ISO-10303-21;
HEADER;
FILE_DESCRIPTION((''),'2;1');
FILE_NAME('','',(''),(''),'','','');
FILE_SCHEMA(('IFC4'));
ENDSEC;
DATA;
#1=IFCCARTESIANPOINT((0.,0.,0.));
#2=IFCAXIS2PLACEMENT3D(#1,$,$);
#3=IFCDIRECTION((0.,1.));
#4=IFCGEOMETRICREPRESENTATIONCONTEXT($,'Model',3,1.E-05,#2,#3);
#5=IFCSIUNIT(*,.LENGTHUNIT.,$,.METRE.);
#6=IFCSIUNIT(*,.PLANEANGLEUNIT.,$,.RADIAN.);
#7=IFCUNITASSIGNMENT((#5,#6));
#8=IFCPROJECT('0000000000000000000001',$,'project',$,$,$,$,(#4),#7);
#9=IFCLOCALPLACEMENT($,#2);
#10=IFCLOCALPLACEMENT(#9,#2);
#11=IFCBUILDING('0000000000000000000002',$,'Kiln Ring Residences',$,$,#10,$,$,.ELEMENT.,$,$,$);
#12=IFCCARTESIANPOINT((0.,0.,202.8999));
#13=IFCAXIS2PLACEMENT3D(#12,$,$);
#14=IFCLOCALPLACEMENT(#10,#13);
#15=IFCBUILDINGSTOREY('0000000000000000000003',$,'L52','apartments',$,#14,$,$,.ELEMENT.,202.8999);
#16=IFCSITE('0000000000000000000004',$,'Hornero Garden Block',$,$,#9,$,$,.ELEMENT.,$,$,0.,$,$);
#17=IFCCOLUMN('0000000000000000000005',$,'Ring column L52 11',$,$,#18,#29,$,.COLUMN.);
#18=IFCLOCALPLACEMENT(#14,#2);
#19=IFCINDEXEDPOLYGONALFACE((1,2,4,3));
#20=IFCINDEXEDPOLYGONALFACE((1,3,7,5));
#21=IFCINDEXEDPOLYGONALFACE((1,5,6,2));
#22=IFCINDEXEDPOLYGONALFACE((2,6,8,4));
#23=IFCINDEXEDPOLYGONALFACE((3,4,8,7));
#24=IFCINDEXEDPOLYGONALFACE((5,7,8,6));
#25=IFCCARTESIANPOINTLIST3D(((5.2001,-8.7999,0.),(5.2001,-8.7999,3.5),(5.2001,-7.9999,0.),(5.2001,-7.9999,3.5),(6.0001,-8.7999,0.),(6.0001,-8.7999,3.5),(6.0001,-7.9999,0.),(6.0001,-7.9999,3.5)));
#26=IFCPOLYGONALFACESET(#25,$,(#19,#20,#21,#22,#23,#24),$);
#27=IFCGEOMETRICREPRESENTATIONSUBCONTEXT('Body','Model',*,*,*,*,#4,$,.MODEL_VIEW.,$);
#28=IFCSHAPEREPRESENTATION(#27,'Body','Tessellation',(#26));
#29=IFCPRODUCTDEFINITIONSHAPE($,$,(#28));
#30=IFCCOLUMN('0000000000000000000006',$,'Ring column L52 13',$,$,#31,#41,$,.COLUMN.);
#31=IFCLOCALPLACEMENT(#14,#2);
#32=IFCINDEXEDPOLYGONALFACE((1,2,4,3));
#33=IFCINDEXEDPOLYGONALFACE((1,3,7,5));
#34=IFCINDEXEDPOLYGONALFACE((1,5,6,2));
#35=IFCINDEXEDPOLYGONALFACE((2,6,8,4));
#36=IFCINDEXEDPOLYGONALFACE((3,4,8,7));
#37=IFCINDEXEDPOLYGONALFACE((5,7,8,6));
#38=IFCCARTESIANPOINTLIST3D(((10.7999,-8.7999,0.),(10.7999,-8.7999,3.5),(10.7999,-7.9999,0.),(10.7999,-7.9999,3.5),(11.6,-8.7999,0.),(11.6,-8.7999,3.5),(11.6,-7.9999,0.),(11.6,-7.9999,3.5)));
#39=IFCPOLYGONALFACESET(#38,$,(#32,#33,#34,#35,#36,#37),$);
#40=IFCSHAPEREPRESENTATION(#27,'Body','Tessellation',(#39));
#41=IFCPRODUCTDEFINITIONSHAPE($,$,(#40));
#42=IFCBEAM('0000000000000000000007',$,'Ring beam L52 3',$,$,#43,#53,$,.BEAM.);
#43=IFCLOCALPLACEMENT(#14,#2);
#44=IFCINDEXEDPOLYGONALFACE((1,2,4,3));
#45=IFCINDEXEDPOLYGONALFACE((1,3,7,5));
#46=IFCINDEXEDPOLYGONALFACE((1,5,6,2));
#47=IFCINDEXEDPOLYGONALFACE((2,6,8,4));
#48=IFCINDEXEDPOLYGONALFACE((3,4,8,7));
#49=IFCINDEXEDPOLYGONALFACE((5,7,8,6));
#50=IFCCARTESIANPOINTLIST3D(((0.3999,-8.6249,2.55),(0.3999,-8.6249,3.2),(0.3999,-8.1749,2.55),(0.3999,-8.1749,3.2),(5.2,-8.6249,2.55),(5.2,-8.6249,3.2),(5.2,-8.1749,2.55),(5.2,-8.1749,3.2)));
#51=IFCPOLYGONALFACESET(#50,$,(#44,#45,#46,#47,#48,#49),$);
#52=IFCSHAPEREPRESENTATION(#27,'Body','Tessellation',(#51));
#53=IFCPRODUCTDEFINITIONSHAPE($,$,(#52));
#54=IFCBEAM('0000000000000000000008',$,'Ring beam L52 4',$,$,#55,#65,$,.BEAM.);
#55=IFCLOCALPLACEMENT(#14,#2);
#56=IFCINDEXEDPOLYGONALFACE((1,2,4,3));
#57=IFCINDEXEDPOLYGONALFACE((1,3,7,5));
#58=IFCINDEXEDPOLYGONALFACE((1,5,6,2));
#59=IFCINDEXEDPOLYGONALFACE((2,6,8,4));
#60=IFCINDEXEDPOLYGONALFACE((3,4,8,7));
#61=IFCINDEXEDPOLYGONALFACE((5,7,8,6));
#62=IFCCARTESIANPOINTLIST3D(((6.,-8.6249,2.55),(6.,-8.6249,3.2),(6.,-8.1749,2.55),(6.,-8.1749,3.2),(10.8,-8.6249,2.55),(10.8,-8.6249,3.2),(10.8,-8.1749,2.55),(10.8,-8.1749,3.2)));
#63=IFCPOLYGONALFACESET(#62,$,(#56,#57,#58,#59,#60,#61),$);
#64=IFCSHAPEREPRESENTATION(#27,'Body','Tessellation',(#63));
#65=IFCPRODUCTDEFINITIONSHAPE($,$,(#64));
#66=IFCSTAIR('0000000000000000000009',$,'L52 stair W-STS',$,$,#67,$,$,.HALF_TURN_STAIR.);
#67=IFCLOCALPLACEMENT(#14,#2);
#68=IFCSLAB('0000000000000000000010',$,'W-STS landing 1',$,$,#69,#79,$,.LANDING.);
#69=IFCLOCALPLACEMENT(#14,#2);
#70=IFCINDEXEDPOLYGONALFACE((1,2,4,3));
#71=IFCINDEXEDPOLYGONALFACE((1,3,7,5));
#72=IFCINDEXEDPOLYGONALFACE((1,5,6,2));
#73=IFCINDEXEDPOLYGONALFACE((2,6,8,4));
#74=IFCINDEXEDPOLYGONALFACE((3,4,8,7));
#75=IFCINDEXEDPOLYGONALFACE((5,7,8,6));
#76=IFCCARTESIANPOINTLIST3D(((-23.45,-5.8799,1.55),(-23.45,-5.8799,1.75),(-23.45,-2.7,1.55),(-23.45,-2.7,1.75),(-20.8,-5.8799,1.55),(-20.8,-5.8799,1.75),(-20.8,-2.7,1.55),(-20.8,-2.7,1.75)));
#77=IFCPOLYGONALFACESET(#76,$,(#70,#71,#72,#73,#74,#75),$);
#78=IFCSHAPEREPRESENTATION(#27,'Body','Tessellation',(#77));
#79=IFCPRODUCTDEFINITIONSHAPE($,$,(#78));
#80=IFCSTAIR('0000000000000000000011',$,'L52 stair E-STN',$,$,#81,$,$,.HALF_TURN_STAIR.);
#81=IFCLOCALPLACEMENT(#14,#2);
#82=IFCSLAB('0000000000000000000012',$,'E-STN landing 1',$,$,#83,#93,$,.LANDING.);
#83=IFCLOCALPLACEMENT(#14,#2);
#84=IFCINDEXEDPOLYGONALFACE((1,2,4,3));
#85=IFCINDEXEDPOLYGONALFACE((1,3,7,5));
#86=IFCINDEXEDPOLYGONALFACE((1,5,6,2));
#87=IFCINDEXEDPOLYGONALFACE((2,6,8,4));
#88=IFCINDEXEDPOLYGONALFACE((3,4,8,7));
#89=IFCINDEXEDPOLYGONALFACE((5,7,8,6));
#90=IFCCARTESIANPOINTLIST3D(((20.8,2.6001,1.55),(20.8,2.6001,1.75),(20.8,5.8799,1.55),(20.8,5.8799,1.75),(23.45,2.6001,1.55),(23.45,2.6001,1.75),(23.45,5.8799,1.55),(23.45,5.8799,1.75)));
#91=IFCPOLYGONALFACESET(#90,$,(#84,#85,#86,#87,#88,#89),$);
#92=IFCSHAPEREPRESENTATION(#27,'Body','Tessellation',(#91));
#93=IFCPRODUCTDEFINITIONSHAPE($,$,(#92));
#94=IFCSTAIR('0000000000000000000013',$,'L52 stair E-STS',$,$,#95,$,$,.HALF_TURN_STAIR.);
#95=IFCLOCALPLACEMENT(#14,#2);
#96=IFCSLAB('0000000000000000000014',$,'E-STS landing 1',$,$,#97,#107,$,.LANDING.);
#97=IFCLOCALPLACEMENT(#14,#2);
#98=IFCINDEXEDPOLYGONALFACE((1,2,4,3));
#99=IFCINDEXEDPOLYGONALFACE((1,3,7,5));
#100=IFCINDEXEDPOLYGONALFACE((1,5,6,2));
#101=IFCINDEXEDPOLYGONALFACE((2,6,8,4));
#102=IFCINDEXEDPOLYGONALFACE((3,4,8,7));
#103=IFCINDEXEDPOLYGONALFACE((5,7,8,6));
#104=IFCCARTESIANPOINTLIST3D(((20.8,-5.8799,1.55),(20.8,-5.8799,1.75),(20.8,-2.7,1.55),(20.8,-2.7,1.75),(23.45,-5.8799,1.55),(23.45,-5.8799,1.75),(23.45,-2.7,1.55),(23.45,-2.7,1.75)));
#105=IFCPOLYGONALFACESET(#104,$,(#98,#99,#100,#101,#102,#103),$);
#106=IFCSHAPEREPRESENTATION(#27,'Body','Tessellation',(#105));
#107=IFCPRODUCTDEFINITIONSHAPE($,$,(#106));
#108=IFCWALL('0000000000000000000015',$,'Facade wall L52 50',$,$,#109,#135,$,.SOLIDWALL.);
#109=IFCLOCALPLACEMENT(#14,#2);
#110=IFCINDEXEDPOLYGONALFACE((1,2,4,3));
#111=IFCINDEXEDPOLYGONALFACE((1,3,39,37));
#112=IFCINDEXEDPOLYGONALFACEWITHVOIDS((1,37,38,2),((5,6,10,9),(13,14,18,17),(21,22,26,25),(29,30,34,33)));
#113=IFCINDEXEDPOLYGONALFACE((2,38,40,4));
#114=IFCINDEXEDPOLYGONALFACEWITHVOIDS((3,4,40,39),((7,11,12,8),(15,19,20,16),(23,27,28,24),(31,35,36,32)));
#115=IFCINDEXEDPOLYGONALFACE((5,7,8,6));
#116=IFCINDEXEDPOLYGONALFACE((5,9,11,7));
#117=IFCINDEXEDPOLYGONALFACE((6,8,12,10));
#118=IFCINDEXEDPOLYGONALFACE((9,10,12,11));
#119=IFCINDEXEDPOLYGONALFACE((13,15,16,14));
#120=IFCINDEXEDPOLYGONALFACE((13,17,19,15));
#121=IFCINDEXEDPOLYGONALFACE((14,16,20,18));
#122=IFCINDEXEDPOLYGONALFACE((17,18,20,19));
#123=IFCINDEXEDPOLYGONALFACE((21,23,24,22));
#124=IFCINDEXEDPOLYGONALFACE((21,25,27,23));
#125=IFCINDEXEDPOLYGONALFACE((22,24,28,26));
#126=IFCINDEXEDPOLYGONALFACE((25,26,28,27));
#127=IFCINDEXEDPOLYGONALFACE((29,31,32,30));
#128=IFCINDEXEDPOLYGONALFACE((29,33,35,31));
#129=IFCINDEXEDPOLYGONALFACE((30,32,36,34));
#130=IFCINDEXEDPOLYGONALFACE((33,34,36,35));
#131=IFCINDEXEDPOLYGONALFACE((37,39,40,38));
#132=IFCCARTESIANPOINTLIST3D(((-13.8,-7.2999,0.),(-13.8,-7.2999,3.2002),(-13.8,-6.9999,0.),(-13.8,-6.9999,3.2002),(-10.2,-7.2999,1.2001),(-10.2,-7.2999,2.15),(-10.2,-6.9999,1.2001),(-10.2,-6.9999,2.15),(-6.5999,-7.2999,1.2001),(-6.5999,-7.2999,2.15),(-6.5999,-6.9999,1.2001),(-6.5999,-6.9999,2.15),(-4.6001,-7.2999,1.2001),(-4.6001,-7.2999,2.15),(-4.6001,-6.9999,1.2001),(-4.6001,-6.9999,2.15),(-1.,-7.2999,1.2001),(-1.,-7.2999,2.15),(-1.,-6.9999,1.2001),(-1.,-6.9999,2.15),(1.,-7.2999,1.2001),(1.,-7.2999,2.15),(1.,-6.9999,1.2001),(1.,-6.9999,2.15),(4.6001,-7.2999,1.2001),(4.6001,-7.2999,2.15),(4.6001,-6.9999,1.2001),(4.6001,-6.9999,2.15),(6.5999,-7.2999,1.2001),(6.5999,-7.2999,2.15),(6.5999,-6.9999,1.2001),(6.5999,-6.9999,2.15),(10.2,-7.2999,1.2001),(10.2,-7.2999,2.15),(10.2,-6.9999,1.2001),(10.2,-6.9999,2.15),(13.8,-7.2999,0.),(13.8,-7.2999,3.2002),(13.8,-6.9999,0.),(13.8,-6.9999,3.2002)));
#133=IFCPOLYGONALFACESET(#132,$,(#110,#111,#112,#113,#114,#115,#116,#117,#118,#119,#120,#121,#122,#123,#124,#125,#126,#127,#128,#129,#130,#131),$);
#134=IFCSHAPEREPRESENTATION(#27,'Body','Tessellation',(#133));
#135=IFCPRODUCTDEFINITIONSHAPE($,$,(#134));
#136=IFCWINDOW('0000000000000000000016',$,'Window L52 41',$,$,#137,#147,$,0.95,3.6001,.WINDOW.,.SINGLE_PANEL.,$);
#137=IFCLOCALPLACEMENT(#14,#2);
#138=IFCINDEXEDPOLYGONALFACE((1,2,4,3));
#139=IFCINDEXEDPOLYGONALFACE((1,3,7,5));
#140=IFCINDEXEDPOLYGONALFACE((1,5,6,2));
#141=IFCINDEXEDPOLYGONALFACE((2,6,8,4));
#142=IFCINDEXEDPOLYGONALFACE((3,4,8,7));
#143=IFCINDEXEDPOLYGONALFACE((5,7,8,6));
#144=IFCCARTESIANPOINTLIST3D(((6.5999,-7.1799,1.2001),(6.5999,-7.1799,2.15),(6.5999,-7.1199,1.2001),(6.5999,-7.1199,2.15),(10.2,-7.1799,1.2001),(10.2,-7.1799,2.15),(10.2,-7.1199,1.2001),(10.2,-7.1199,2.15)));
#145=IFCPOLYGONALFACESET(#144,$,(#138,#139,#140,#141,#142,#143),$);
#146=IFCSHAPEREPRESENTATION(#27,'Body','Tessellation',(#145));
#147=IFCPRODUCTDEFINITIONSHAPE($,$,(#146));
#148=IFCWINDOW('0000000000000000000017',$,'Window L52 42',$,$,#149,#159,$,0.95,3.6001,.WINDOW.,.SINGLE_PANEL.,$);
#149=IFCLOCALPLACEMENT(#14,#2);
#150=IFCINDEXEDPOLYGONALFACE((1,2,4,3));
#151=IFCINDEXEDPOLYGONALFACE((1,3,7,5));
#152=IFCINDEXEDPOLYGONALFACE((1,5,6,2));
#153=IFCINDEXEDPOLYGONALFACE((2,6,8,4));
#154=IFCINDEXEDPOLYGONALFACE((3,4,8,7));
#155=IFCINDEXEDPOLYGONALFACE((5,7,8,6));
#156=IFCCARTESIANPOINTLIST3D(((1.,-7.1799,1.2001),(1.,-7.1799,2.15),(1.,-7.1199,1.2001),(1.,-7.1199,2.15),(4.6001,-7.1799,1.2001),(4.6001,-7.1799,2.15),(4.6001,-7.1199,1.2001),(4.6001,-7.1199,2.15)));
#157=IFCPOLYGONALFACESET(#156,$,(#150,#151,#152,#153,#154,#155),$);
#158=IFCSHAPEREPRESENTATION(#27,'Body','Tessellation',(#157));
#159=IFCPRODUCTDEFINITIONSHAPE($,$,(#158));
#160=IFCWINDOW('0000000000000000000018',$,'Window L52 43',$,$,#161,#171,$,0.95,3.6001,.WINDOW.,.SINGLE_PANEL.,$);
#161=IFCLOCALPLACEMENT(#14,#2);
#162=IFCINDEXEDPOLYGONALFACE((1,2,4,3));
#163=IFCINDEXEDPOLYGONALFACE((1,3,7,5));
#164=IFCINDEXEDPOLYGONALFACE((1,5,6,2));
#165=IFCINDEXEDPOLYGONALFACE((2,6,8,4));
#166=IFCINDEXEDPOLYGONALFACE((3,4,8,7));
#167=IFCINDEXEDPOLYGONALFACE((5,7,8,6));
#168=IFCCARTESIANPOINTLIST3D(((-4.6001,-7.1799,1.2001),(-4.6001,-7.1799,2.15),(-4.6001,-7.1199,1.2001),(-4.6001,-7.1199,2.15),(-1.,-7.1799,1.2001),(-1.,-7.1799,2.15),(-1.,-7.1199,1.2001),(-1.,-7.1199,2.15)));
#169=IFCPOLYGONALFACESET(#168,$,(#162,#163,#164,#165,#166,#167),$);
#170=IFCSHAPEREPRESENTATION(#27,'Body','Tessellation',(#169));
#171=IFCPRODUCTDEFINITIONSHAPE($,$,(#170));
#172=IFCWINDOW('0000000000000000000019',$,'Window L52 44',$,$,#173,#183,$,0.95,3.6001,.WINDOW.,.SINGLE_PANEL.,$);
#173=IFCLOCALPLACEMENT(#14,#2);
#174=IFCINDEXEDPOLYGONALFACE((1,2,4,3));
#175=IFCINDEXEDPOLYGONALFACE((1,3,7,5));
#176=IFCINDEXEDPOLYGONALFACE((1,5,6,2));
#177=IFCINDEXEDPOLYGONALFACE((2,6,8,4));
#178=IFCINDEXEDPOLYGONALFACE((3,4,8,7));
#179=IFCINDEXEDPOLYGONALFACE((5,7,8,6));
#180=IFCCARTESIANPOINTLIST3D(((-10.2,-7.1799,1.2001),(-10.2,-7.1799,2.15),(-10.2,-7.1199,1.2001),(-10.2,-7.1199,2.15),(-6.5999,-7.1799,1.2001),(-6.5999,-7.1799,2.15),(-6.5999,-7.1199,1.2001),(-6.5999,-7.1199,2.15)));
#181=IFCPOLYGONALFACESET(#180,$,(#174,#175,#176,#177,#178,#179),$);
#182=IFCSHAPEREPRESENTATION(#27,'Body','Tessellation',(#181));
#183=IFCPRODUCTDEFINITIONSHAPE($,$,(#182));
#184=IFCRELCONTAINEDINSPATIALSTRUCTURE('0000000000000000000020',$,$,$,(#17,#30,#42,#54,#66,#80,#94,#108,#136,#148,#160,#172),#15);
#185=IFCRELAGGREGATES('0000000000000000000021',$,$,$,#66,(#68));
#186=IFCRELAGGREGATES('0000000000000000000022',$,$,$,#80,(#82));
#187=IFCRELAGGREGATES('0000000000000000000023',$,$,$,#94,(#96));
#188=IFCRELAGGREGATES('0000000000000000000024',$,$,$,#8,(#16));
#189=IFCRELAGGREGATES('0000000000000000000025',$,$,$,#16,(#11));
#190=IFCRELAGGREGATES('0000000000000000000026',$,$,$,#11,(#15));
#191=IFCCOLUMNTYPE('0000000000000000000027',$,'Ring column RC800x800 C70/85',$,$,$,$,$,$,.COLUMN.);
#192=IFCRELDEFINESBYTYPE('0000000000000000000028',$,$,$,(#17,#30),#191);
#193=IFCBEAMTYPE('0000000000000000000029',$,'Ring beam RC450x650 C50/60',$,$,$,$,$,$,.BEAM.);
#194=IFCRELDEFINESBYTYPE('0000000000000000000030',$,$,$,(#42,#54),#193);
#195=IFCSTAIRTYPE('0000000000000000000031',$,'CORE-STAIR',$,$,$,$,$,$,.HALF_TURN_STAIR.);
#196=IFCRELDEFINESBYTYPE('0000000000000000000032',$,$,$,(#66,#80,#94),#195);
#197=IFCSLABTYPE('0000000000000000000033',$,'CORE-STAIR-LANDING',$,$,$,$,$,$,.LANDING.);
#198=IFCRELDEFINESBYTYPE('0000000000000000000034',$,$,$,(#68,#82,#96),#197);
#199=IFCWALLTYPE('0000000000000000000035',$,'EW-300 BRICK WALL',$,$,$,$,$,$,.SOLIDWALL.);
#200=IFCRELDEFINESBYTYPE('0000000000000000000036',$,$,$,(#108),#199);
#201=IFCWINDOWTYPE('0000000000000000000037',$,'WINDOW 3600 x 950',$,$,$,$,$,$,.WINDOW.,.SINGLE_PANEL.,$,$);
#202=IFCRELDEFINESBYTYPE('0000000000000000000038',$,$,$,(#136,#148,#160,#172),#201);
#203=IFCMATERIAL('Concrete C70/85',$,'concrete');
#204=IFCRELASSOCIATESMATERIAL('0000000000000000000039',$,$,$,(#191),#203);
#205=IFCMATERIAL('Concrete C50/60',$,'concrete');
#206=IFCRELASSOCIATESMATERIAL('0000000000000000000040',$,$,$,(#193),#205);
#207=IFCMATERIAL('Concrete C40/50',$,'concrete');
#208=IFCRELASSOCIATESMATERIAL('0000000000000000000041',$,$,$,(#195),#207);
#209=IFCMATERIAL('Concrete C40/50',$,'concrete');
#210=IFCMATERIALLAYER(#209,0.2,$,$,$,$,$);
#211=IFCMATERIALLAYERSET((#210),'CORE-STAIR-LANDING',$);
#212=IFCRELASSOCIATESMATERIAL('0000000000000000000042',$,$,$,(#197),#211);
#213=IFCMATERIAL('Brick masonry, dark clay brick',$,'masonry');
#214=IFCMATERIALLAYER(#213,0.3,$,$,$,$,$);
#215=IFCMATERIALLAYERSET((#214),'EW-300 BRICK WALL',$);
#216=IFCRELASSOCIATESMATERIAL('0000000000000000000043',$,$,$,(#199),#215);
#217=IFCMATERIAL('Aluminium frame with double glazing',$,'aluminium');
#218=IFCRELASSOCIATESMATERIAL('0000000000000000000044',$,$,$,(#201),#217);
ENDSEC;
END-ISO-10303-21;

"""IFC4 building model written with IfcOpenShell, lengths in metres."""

from ifc_helpers import new_model, si_unit, direction, frame, frame_2d, origin, origin_2d, place, context, subcontext, project, spatial, polyline, rectangle, outline, extrude, material, layer, layer_set, material_profile, profile_set, type_object, element, fill, aggregate, save


model = new_model("IFC4")

# Units and contexts
model_context = context("Model", 3, precision=1e-05, world=origin(), true_north=direction((0.0, 1.0)))
body_context = subcontext(model_context, "Body", "Model", "MODEL_VIEW")
ifc_project = project(units=[si_unit("LENGTHUNIT", "METRE"), si_unit("PLANEANGLEUNIT", "RADIAN")], contexts=[model_context])

# Site, building, storey
site_placement = place(None, origin())
site = spatial("IfcSite", under=ifc_project, at=site_placement, Name="Hornero Garden Block", CompositionType="ELEMENT", RefElevation=0.0)
building_placement = place(site_placement, origin())
building = spatial("IfcBuilding", under=site, at=building_placement, Name="Kiln Ring Residences", CompositionType="ELEMENT")
storey_placement = place(building_placement, frame((0.0, 0.0, 202.8999)))
storey = spatial("IfcBuildingStorey", under=building, at=storey_placement, Name="L52", Description="apartments", CompositionType="ELEMENT", Elevation=202.8999)

# Columns
ifc_material_1 = material(Name="Concrete C70/85", Category="concrete")
ifc_material_profile_1 = material_profile(ifc_material_1, rectangle(XDim=0.8, YDim=0.8, at=origin_2d()), Name="RC800x800")
ifc_profile_set_1 = profile_set([ifc_material_profile_1], Name="Concrete C70/85")
column_type = type_object("IfcColumnType", Name="Ring column RC800x800 C70/85", PredefinedType="COLUMN", material=ifc_profile_set_1)
for number, where, z_axis, x_axis, name in (
    (1, (5.6001, -8.3999, 0.0), (0.0, 0.0, 1.0), (1.0, 0.0, 0.0), "Ring column L52 11"),
    (2, (11.2, -8.3999, 0.0), (0.0, 0.0, 1.0), (1.0, 0.0, 0.0), "Ring column L52 13"),
):
    element("IfcColumn", number, at=place(storey_placement, frame(where, z_axis=z_axis, x_axis=x_axis)), inside=storey, type_object=column_type, Name=name, PredefinedType="COLUMN", context=body_context, shape_type="SweptSolid", body=[
        extrude(rectangle(XDim=0.8, YDim=0.8, at=origin_2d()), origin(), (0.0, 0.0, 1.0), 3.5),
    ])

# Beams
ifc_material_2 = material(Name="Concrete C50/60", Category="concrete")
ifc_material_profile_2 = material_profile(ifc_material_2, rectangle(XDim=0.45, YDim=0.6499, at=origin_2d()), Name="RC450x650")
ifc_profile_set_2 = profile_set([ifc_material_profile_2], Name="Concrete C50/60")
beam_type = type_object("IfcBeamType", Name="Ring beam RC450x650 C50/60", PredefinedType="BEAM", material=ifc_profile_set_2)
for number, where, z_axis, x_axis, name in (
    (3, (0.3999, -8.3999, 2.875), (1.0, 0.0, 0.0), (0.0, 1.0, 0.0), "Ring beam L52 3"),
    (4, (6.0, -8.3999, 2.875), (1.0, 0.0, 0.0), (0.0, 1.0, 0.0), "Ring beam L52 4"),
):
    element("IfcBeam", number, at=place(storey_placement, frame(where, z_axis=z_axis, x_axis=x_axis)), inside=storey, type_object=beam_type, Name=name, PredefinedType="BEAM", context=body_context, shape_type="SweptSolid", body=[
        extrude(rectangle(XDim=0.45, YDim=0.6499, at=origin_2d()), origin(), (0.0, 0.0, 1.0), 4.8),
    ])

# Stairs, slabs
ifc_material_3 = material(Name="Concrete C40/50", Category="concrete")
stair_type = type_object("IfcStairType", Name="CORE-STAIR", PredefinedType="HALF_TURN_STAIR", material=ifc_material_3)
placement_1 = place(storey_placement, origin())
stair_1 = element("IfcStair", 5, at=placement_1, inside=storey, type_object=stair_type, Name="L52 stair W-STS", PredefinedType="HALF_TURN_STAIR")
ifc_material_4 = material(Name="Concrete C40/50", Category="concrete")
ifc_layer_1 = layer(ifc_material_4, 0.2)
ifc_layer_set_1 = layer_set([ifc_layer_1], Name="CORE-STAIR-LANDING")
slab_type = type_object("IfcSlabType", Name="CORE-STAIR-LANDING", PredefinedType="LANDING", material=ifc_layer_set_1)
placement_2 = place(storey_placement, frame((0.0, 0.0, 1.55)))
slab_1 = element("IfcSlab", 6, at=placement_2, type_object=slab_type, Name="W-STS landing 1", PredefinedType="LANDING", context=body_context, shape_type="SweptSolid", body=[
    extrude(outline(polyline([(-20.8, -5.8799), (-20.8, -2.7), (-23.45, -2.7), (-23.45, -5.8799), (-20.8, -5.8799)])), origin(), (0.0, 0.0, 1.0), 0.2),
])
aggregate(stair_1, [slab_1])
stair_2 = element("IfcStair", 7, at=placement_1, inside=storey, type_object=stair_type, Name="L52 stair E-STN", PredefinedType="HALF_TURN_STAIR")
slab_2 = element("IfcSlab", 8, at=placement_2, type_object=slab_type, Name="E-STN landing 1", PredefinedType="LANDING", context=body_context, shape_type="SweptSolid", body=[
    extrude(outline(polyline([(20.8, 5.8799), (20.8, 2.6001), (23.45, 2.6001), (23.45, 5.8799), (20.8, 5.8799)])), origin(), (0.0, 0.0, 1.0), 0.2),
])
aggregate(stair_2, [slab_2])
stair_3 = element("IfcStair", 9, at=placement_1, inside=storey, type_object=stair_type, Name="L52 stair E-STS", PredefinedType="HALF_TURN_STAIR")
slab_3 = element("IfcSlab", 10, at=placement_2, type_object=slab_type, Name="E-STS landing 1", PredefinedType="LANDING", context=body_context, shape_type="SweptSolid", body=[
    extrude(outline(polyline([(23.45, -5.8799), (23.45, -2.7), (20.8, -2.7), (20.8, -5.8799), (23.45, -5.8799)])), origin(), (0.0, 0.0, 1.0), 0.2),
])
aggregate(stair_3, [slab_3])

# Wall, openings, windows
ifc_material_5 = material(Name="Brick masonry, dark clay brick", Category="masonry")
ifc_layer_2 = layer(ifc_material_5, 0.3)
ifc_layer_set_2 = layer_set([ifc_layer_2], Name="EW-300 BRICK WALL")
wall_type_1 = type_object("IfcWallType", Name="EW-300 BRICK WALL", PredefinedType="SOLIDWALL", material=ifc_layer_set_2)
wall_1_placement = place(storey_placement, frame((13.8, -7.1499, 0.0), z_axis=(0.0, 0.0, 1.0), x_axis=(-1.0, 0.0, 0.0)))
wall_1 = element("IfcWall", 11, at=wall_1_placement, inside=storey, type_object=wall_type_1, Name="Facade wall L52 50", PredefinedType="SOLIDWALL", context=body_context, shape_type="SweptSolid", body=[
    extrude(rectangle(XDim=27.6001, YDim=0.3, at=frame_2d((13.8, 0.0))), origin(), (0.0, 0.0, 1.0), 3.2002),
])
opening_1_placement = place(wall_1_placement, frame((3.6001, 0.0, 1.2)))
opening_1 = element("IfcOpeningElement", 12, at=opening_1_placement, cuts=wall_1, PredefinedType="OPENING", context=body_context, shape_type="SweptSolid", body=[
    extrude(rectangle(XDim=3.6001, YDim=0.95, at=frame_2d((1.8, 0.4751))), frame((0.0, 0.1599, 0.0), z_axis=(0.0, -1.0, 0.0), x_axis=(1.0, 0.0, 0.0)), (0.0, 0.0, 1.0), 0.3201),
])
opening_2_placement = place(wall_1_placement, frame((9.2, 0.0, 1.2)))
opening_2 = element("IfcOpeningElement", 13, at=opening_2_placement, cuts=wall_1, PredefinedType="OPENING", context=body_context, shape_type="SweptSolid", body=[
    extrude(rectangle(XDim=3.6001, YDim=0.95, at=frame_2d((1.8, 0.4751))), frame((0.0, 0.1599, 0.0), z_axis=(0.0, -1.0, 0.0), x_axis=(1.0, 0.0, 0.0)), (0.0, 0.0, 1.0), 0.3201),
])
opening_3_placement = place(wall_1_placement, frame((14.8, 0.0, 1.2)))
opening_3 = element("IfcOpeningElement", 14, at=opening_3_placement, cuts=wall_1, PredefinedType="OPENING", context=body_context, shape_type="SweptSolid", body=[
    extrude(rectangle(XDim=3.6001, YDim=0.95, at=frame_2d((1.8, 0.4751))), frame((0.0, 0.1599, 0.0), z_axis=(0.0, -1.0, 0.0), x_axis=(1.0, 0.0, 0.0)), (0.0, 0.0, 1.0), 0.3201),
])
opening_4_placement = place(wall_1_placement, frame((20.3999, 0.0, 1.2)))
opening_4 = element("IfcOpeningElement", 15, at=opening_4_placement, cuts=wall_1, PredefinedType="OPENING", context=body_context, shape_type="SweptSolid", body=[
    extrude(rectangle(XDim=3.6001, YDim=0.95, at=frame_2d((1.8, 0.4751))), frame((0.0, 0.1599, 0.0), z_axis=(0.0, -1.0, 0.0), x_axis=(1.0, 0.0, 0.0)), (0.0, 0.0, 1.0), 0.3201),
])
ifc_material_6 = material(Name="Aluminium frame with double glazing", Category="aluminium")
window_type = type_object("IfcWindowType", Name="WINDOW 3600 x 950", PartitioningType="SINGLE_PANEL", PredefinedType="WINDOW", material=ifc_material_6)
window_1_placement = place(opening_1_placement, origin())
window_1 = element("IfcWindow", 16, at=window_1_placement, inside=storey, type_object=window_type, Name="Window L52 41", OverallHeight=0.95, OverallWidth=3.6001, PartitioningType="SINGLE_PANEL", PredefinedType="WINDOW", context=body_context, shape_type="SweptSolid", body=[
    extrude(rectangle(XDim=3.6001, YDim=0.95, at=frame_2d((1.8, 0.4751))), frame((0.0, 0.03, 0.0), z_axis=(0.0, -1.0, 0.0), x_axis=(1.0, 0.0, 0.0)), (0.0, 0.0, 1.0), 0.0601),
])
fill(opening_1, window_1)
window_2_placement = place(opening_2_placement, origin())
window_2 = element("IfcWindow", 17, at=window_2_placement, inside=storey, type_object=window_type, Name="Window L52 42", OverallHeight=0.95, OverallWidth=3.6001, PartitioningType="SINGLE_PANEL", PredefinedType="WINDOW", context=body_context, shape_type="SweptSolid", body=[
    extrude(rectangle(XDim=3.6001, YDim=0.95, at=frame_2d((1.8, 0.4751))), frame((0.0, 0.03, 0.0), z_axis=(0.0, -1.0, 0.0), x_axis=(1.0, 0.0, 0.0)), (0.0, 0.0, 1.0), 0.0601),
])
fill(opening_2, window_2)
window_3_placement = place(opening_3_placement, origin())
window_3 = element("IfcWindow", 18, at=window_3_placement, inside=storey, type_object=window_type, Name="Window L52 43", OverallHeight=0.95, OverallWidth=3.6001, PartitioningType="SINGLE_PANEL", PredefinedType="WINDOW", context=body_context, shape_type="SweptSolid", body=[
    extrude(rectangle(XDim=3.6001, YDim=0.95, at=frame_2d((1.8, 0.4751))), frame((0.0, 0.03, 0.0), z_axis=(0.0, -1.0, 0.0), x_axis=(1.0, 0.0, 0.0)), (0.0, 0.0, 1.0), 0.0601),
])
fill(opening_3, window_3)
window_4_placement = place(opening_4_placement, origin())
window_4 = element("IfcWindow", 19, at=window_4_placement, inside=storey, type_object=window_type, Name="Window L52 44", OverallHeight=0.95, OverallWidth=3.6001, PartitioningType="SINGLE_PANEL", PredefinedType="WINDOW", context=body_context, shape_type="SweptSolid", body=[
    extrude(rectangle(XDim=3.6001, YDim=0.95, at=frame_2d((1.8, 0.4751))), frame((0.0, 0.03, 0.0), z_axis=(0.0, -1.0, 0.0), x_axis=(1.0, 0.0, 0.0)), (0.0, 0.0, 1.0), 0.0601),
])
fill(opening_4, window_4)

save(model, "model.ifc")
